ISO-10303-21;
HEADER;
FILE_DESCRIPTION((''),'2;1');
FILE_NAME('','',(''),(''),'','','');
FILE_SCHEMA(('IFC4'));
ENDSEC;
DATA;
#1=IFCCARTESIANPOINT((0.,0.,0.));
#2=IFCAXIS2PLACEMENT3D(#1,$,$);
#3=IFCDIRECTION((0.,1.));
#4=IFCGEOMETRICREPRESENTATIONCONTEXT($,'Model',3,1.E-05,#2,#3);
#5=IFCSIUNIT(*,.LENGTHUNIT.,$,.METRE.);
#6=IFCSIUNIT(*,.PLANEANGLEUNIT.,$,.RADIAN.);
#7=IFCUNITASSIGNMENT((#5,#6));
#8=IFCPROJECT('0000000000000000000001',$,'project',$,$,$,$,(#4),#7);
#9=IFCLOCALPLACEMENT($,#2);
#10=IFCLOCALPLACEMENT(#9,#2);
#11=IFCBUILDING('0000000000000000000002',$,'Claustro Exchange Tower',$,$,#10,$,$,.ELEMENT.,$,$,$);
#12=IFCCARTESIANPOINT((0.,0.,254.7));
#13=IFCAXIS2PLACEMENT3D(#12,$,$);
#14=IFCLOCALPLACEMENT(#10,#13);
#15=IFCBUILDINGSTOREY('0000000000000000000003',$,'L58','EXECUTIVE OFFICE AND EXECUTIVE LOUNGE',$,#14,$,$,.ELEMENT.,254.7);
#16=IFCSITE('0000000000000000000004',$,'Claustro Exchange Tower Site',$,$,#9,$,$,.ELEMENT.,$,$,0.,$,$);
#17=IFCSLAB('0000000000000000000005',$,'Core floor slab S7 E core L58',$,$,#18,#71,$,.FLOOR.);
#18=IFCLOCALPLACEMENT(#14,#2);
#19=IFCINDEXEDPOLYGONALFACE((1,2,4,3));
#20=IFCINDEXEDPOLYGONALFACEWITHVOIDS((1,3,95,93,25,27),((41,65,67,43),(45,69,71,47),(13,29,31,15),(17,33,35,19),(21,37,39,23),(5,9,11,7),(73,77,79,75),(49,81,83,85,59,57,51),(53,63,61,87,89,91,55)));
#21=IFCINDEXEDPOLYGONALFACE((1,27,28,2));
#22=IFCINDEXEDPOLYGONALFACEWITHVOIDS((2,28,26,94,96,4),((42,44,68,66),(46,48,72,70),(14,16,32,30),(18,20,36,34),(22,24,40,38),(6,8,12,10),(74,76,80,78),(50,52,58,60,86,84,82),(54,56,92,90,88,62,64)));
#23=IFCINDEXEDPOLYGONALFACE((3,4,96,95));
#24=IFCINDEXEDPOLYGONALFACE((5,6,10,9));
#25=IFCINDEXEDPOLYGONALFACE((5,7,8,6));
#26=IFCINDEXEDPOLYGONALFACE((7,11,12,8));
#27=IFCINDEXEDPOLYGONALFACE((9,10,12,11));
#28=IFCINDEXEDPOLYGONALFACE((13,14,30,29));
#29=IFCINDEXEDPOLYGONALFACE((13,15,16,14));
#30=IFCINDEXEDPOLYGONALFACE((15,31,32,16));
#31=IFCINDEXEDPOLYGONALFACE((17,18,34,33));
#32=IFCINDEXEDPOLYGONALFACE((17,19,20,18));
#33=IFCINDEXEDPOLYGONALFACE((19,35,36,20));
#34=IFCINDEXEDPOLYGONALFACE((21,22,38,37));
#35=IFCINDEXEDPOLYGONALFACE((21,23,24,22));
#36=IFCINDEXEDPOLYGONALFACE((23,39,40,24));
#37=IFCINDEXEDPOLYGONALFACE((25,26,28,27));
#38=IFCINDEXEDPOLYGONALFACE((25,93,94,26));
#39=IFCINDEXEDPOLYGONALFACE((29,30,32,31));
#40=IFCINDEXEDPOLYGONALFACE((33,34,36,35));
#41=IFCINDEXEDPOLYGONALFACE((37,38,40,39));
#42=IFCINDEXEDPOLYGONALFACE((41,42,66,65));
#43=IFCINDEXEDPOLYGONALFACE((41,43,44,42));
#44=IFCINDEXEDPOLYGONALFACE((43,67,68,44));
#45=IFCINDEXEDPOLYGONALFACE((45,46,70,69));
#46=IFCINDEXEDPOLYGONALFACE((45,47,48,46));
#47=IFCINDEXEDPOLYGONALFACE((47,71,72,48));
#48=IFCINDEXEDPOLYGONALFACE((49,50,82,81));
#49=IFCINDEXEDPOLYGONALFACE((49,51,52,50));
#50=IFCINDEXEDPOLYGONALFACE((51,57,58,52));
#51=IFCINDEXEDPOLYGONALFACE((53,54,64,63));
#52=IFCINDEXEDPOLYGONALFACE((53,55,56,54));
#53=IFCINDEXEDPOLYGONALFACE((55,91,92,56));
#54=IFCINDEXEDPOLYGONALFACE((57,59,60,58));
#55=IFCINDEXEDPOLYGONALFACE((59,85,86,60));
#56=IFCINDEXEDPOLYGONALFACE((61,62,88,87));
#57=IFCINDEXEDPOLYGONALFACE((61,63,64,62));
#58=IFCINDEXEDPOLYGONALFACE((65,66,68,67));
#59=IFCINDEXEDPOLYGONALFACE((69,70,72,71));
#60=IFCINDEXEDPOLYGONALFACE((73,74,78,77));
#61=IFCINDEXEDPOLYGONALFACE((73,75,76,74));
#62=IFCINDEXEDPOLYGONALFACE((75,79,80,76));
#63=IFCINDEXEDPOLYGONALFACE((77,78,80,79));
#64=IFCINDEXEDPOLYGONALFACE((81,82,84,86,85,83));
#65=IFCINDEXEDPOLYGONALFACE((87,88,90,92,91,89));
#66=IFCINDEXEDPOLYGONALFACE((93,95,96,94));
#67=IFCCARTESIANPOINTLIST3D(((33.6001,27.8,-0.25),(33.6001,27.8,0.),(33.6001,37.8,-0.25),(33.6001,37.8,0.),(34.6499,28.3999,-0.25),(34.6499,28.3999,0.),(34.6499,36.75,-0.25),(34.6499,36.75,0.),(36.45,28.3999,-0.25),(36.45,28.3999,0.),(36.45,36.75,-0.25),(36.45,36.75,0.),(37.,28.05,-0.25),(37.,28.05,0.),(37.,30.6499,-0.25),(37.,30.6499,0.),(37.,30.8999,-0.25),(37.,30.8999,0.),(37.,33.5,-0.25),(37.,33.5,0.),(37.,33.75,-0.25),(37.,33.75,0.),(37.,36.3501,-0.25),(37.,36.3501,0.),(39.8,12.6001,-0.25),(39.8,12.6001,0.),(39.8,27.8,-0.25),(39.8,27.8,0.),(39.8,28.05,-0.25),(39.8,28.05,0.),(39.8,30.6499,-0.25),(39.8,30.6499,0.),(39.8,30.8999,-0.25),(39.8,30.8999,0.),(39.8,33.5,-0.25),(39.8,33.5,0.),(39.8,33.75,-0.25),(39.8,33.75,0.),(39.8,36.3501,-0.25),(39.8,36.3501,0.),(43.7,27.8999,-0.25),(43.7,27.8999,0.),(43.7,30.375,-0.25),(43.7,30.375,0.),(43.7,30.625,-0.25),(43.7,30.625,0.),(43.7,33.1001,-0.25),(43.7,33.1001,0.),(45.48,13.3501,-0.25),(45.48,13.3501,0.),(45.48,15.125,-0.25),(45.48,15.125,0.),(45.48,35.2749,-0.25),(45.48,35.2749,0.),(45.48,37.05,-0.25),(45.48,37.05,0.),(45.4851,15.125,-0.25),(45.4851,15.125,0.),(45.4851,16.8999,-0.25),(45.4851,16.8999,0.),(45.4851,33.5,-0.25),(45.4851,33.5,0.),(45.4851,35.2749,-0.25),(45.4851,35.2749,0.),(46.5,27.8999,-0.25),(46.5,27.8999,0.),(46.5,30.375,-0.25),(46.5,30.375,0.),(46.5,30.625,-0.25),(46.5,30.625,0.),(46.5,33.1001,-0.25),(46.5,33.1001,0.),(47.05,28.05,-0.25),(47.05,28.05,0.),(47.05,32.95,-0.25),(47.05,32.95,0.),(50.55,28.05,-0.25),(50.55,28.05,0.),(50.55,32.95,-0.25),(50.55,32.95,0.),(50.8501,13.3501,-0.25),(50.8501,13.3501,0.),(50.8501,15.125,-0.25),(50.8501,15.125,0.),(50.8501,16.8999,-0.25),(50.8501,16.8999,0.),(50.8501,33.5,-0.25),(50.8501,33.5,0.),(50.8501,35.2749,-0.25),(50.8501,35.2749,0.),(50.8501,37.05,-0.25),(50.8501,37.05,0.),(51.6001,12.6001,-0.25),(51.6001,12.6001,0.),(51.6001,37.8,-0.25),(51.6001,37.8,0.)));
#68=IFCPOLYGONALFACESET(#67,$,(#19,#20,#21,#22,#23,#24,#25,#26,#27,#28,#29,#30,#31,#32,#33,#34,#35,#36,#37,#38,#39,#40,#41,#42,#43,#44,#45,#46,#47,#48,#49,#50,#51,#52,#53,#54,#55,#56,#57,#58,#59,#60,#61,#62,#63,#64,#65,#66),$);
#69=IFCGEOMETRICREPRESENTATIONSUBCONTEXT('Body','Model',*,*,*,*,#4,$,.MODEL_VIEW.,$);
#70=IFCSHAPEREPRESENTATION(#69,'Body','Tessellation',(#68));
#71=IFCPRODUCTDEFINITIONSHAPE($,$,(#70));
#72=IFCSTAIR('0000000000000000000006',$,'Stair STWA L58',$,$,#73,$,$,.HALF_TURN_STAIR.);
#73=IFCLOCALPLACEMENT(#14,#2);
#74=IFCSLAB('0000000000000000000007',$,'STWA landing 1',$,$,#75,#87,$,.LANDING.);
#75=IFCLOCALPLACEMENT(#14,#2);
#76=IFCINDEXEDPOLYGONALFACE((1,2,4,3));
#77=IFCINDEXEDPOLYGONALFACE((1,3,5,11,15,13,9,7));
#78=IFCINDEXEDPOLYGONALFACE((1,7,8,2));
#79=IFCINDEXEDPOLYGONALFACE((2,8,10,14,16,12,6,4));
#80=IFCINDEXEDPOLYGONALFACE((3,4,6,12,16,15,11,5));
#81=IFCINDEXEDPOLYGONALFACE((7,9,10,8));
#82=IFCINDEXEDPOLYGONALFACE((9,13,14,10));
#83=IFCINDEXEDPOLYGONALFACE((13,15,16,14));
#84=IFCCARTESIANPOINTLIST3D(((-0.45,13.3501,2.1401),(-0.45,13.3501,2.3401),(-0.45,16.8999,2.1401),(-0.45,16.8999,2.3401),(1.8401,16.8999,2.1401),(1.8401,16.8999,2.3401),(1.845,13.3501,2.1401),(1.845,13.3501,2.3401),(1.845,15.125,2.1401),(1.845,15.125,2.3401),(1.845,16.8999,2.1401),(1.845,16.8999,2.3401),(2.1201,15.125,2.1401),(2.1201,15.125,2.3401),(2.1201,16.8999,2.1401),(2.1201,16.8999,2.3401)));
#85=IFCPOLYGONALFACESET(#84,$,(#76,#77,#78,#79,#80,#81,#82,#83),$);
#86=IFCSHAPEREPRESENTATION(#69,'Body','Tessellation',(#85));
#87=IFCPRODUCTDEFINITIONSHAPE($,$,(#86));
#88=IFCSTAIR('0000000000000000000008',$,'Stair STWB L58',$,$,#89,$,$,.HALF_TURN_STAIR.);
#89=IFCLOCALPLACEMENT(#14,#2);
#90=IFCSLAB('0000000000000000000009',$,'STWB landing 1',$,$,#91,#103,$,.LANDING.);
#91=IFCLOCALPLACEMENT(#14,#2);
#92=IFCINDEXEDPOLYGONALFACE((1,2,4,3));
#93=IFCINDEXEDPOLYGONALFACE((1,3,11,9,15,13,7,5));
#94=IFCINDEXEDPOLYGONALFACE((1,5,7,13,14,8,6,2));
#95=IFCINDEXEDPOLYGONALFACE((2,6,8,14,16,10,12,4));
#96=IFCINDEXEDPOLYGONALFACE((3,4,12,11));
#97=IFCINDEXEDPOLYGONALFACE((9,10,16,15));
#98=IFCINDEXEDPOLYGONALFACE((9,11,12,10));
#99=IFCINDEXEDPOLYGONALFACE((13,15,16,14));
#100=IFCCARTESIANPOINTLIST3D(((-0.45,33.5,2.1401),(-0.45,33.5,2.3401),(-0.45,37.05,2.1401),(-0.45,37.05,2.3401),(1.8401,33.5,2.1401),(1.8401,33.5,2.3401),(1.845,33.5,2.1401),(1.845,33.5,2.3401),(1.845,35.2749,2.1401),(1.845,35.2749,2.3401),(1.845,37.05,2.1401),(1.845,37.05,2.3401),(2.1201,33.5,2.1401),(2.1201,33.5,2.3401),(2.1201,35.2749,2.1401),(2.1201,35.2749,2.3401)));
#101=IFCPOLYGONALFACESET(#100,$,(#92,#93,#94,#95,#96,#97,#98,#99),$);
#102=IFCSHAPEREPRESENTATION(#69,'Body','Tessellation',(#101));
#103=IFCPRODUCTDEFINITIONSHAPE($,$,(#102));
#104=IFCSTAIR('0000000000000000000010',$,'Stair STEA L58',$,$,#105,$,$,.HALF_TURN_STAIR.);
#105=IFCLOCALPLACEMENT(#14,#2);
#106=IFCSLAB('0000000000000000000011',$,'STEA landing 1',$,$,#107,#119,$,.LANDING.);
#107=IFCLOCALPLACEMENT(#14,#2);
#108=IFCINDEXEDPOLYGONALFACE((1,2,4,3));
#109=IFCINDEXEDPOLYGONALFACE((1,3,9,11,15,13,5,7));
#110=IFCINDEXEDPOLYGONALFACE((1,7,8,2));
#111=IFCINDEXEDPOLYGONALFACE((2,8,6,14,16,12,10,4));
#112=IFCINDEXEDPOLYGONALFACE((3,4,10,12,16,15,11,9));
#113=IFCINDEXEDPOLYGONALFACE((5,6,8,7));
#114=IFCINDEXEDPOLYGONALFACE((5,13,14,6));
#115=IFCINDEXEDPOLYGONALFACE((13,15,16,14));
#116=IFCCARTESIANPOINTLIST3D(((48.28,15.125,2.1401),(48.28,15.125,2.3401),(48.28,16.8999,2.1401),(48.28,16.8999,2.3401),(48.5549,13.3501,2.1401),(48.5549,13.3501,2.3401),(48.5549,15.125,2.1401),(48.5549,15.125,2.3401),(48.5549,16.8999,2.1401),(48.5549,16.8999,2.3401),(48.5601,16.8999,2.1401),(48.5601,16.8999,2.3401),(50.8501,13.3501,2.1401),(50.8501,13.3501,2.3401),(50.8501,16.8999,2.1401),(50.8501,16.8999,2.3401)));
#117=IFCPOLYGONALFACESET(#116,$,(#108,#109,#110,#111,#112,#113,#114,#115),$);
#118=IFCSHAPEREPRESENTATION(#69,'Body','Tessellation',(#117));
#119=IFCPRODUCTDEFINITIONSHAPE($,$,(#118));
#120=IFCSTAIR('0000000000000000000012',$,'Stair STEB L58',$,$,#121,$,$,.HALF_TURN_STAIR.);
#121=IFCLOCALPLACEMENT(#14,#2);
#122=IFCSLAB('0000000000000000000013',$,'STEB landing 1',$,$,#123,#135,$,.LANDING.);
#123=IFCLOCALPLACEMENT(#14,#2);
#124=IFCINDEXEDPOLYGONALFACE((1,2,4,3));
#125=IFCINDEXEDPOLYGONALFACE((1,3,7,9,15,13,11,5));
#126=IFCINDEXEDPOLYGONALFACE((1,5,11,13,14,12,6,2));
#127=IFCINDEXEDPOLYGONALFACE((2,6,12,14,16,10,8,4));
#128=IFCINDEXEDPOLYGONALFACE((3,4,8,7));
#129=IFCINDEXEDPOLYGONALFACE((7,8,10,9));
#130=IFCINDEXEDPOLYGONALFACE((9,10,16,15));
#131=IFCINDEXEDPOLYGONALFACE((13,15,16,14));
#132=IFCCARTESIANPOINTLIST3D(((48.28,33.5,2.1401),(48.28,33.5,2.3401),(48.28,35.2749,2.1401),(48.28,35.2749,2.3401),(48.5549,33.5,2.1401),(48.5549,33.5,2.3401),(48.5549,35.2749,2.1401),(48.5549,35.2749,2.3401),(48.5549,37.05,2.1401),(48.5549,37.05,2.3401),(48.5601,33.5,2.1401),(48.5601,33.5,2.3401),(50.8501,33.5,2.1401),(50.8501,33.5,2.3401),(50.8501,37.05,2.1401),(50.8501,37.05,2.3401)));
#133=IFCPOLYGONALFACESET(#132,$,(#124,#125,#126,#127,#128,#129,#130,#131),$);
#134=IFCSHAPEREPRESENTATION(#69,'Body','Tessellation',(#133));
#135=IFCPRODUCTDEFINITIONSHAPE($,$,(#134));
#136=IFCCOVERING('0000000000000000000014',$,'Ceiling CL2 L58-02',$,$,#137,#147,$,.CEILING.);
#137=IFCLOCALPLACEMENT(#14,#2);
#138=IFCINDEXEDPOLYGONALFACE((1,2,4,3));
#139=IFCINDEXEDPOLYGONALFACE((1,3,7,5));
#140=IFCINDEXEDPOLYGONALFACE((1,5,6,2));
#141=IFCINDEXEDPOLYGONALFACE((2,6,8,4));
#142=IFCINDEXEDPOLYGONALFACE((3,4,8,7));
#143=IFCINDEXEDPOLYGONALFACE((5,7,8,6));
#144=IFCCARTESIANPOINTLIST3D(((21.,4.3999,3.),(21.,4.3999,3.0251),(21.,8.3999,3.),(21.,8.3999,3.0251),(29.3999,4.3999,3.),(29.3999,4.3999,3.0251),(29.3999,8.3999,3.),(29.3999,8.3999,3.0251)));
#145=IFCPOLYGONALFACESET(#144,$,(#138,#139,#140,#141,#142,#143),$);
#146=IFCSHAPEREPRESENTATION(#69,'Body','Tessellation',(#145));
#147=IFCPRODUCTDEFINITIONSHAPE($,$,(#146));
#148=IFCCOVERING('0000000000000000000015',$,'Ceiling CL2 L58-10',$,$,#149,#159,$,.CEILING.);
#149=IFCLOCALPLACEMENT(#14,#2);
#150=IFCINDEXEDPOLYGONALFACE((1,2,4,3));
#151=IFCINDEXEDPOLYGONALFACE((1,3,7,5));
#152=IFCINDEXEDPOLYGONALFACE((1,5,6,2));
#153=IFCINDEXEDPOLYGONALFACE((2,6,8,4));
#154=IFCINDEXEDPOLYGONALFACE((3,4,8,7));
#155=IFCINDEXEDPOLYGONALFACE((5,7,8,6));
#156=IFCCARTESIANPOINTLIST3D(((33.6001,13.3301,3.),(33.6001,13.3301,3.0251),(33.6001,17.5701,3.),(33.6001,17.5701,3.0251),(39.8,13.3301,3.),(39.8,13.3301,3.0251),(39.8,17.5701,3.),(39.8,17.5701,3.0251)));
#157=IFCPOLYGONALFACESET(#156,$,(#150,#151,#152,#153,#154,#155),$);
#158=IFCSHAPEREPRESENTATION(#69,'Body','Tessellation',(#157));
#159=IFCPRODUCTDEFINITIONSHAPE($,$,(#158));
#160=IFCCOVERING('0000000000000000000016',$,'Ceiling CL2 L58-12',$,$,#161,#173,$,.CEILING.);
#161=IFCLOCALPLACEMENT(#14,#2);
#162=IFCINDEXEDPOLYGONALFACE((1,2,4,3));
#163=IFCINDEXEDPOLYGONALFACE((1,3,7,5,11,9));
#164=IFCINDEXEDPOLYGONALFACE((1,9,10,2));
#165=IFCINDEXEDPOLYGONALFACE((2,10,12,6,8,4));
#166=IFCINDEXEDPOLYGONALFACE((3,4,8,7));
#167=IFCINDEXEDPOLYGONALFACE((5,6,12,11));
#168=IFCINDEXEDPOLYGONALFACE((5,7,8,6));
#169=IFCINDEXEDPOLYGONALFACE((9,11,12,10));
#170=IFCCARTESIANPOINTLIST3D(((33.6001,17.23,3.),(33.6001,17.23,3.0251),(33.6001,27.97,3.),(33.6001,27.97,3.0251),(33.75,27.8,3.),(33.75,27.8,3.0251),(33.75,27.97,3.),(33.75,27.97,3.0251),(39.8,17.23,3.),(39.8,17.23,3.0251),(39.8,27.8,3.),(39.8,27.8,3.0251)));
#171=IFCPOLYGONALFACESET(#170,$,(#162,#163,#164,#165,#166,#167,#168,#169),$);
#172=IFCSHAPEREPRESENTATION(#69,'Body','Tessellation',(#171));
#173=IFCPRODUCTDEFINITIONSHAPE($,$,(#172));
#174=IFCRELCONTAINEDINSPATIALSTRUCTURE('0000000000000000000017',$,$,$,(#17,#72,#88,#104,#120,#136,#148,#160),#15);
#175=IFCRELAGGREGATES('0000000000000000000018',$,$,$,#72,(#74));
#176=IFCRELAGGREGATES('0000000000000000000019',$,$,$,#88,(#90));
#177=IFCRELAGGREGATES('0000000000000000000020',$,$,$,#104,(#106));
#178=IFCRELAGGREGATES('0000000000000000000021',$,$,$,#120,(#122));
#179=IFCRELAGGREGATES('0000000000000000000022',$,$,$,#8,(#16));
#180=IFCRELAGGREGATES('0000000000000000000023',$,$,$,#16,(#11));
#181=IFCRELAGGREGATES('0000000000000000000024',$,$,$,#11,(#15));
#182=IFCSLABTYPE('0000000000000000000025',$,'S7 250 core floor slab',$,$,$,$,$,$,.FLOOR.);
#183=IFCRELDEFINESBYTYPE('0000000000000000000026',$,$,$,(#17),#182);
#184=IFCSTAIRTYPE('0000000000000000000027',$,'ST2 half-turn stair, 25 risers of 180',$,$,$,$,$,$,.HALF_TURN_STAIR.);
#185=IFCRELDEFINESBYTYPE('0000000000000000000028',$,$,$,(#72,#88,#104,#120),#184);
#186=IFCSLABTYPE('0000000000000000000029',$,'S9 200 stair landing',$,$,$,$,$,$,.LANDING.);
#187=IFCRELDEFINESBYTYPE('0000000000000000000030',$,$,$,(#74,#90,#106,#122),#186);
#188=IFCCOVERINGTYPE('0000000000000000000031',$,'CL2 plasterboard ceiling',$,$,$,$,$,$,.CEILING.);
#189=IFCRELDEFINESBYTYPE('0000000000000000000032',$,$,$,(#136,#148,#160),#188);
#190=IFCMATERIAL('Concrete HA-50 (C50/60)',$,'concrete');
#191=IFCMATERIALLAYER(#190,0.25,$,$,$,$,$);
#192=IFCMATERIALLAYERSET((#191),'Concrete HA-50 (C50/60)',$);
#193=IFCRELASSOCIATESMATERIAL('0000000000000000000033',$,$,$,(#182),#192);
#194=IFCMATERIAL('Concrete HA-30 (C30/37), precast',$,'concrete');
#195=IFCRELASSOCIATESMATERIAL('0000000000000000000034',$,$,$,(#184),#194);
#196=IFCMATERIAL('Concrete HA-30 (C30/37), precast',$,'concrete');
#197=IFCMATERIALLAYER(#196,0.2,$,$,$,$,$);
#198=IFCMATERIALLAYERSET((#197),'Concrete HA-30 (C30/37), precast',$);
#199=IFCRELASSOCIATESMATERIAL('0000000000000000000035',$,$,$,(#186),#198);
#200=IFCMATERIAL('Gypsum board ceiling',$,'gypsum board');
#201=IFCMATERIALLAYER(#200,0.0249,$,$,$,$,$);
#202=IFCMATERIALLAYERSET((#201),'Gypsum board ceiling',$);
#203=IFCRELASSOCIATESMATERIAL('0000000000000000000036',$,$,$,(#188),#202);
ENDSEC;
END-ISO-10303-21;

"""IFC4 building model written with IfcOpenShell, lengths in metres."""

from ifc_helpers import new_model, si_unit, direction, frame, origin, place, context, subcontext, project, spatial, polyline, outline, extrude, material, layer, layer_set, type_object, element, aggregate, save


model = new_model("IFC4")

# Units and contexts
model_context = context("Model", 3, precision=1e-05, world=origin(), true_north=direction((0.0, 1.0)))
body_context = subcontext(model_context, "Body", "Model", "MODEL_VIEW")
ifc_project = project(units=[si_unit("LENGTHUNIT", "METRE"), si_unit("PLANEANGLEUNIT", "RADIAN")], contexts=[model_context])

# Site, building, storey
site_placement = place(None, origin())
site = spatial("IfcSite", under=ifc_project, at=site_placement, Name="Claustro Exchange Tower Site", CompositionType="ELEMENT", RefElevation=0.0)
building_placement = place(site_placement, origin())
building = spatial("IfcBuilding", under=site, at=building_placement, Name="Claustro Exchange Tower", CompositionType="ELEMENT")
storey_placement = place(building_placement, frame((0.0, 0.0, 254.7)))
storey = spatial("IfcBuildingStorey", under=building, at=storey_placement, Name="L58", Description="EXECUTIVE OFFICE AND EXECUTIVE LOUNGE", CompositionType="ELEMENT", Elevation=254.7)

# Slab
ifc_material_1 = material(Name="Concrete HA-50 (C50/60)", Category="concrete")
ifc_layer_1 = layer(ifc_material_1, 0.25)
ifc_layer_set_1 = layer_set([ifc_layer_1], Name="Concrete HA-50 (C50/60)")
slab_type_1 = type_object("IfcSlabType", Name="S7 250 core floor slab", PredefinedType="FLOOR", material=ifc_layer_set_1)
slab_1_placement = place(storey_placement, frame((0.0, 0.0, -0.25)))
element("IfcSlab", 1, at=slab_1_placement, inside=storey, type_object=slab_type_1, Name="Core floor slab S7 E core L58", PredefinedType="FLOOR", context=body_context, shape_type="SweptSolid", body=[
    extrude(outline(polyline([(51.6001, 37.8), (33.6001, 37.8), (33.6001, 27.8), (39.8, 27.8), (39.8, 12.6001), (51.6001, 12.6001), (51.6001, 37.8)]), holes=[polyline([(45.48, 15.125), (45.4851, 15.125), (45.4851, 16.8999), (50.8501, 16.8999), (50.8501, 15.125), (50.8501, 13.3501), (45.48, 13.3501), (45.48, 15.125)]), polyline([(45.48, 35.2749), (45.48, 37.05), (50.8501, 37.05), (50.8501, 35.2749), (50.8501, 33.5), (45.4851, 33.5), (45.4851, 35.2749), (45.48, 35.2749)]), polyline([(47.05, 32.95), (50.55, 32.95), (50.55, 28.05), (47.05, 28.05), (47.05, 32.95)]), polyline([(43.7, 30.375), (46.5, 30.375), (46.5, 27.8999), (43.7, 27.8999), (43.7, 30.375)]), polyline([(43.7, 33.1001), (46.5, 33.1001), (46.5, 30.625), (43.7, 30.625), (43.7, 33.1001)]), polyline([(37.0, 30.6499), (39.8, 30.6499), (39.8, 28.05), (37.0, 28.05), (37.0, 30.6499)]), polyline([(37.0, 33.5), (39.8, 33.5), (39.8, 30.8999), (37.0, 30.8999), (37.0, 33.5)]), polyline([(39.8, 36.3501), (39.8, 33.75), (37.0, 33.75), (37.0, 36.3501), (39.8, 36.3501)]), polyline([(34.6499, 36.75), (36.45, 36.75), (36.45, 28.3999), (34.6499, 28.3999), (34.6499, 36.75)])]), origin(), (0.0, 0.0, 1.0), 0.25),
])

# Stairs, slabs
ifc_material_2 = material(Name="Concrete HA-30 (C30/37), precast", Category="concrete")
stair_type = type_object("IfcStairType", Name="ST2 half-turn stair, 25 risers of 180", PredefinedType="HALF_TURN_STAIR", material=ifc_material_2)
stair_1_placement = place(storey_placement, origin())
stair_1 = element("IfcStair", 2, at=stair_1_placement, inside=storey, type_object=stair_type, Name="Stair STWA L58", PredefinedType="HALF_TURN_STAIR")
ifc_material_3 = material(Name="Concrete HA-30 (C30/37), precast", Category="concrete")
ifc_layer_2 = layer(ifc_material_3, 0.2)
ifc_layer_set_2 = layer_set([ifc_layer_2], Name="Concrete HA-30 (C30/37), precast")
slab_type_2 = type_object("IfcSlabType", Name="S9 200 stair landing", PredefinedType="LANDING", material=ifc_layer_set_2)
slab_2_placement = place(storey_placement, frame((0.0, 0.0, 2.1401)))
slab_2 = element("IfcSlab", 3, at=slab_2_placement, type_object=slab_type_2, Name="STWA landing 1", PredefinedType="LANDING", context=body_context, shape_type="SweptSolid", body=[
    extrude(outline(polyline([(1.845, 13.3501), (-0.45, 13.3501), (-0.45, 16.8999), (1.8401, 16.8999), (1.845, 16.8999), (2.1201, 16.8999), (2.1201, 15.125), (1.845, 15.125), (1.845, 13.3501)])), origin(), (0.0, 0.0, 1.0), 0.2),
])
aggregate(stair_1, [slab_2])
stair_2_placement = place(storey_placement, origin())
stair_2 = element("IfcStair", 4, at=stair_2_placement, inside=storey, type_object=stair_type, Name="Stair STWB L58", PredefinedType="HALF_TURN_STAIR")
slab_3_placement = place(storey_placement, frame((0.0, 0.0, 2.1401)))
slab_3 = element("IfcSlab", 5, at=slab_3_placement, type_object=slab_type_2, Name="STWB landing 1", PredefinedType="LANDING", context=body_context, shape_type="SweptSolid", body=[
    extrude(outline(polyline([(2.1201, 35.2749), (2.1201, 33.5), (1.845, 33.5), (1.8401, 33.5), (-0.45, 33.5), (-0.45, 37.05), (1.845, 37.05), (1.845, 35.2749), (2.1201, 35.2749)])), origin(), (0.0, 0.0, 1.0), 0.2),
])
aggregate(stair_2, [slab_3])
stair_3_placement = place(storey_placement, origin())
stair_3 = element("IfcStair", 6, at=stair_3_placement, inside=storey, type_object=stair_type, Name="Stair STEA L58", PredefinedType="HALF_TURN_STAIR")
slab_4_placement = place(storey_placement, frame((0.0, 0.0, 2.1401)))
slab_4 = element("IfcSlab", 7, at=slab_4_placement, type_object=slab_type_2, Name="STEA landing 1", PredefinedType="LANDING", context=body_context, shape_type="SweptSolid", body=[
    extrude(outline(polyline([(50.8501, 16.8999), (50.8501, 13.3501), (48.5549, 13.3501), (48.5549, 15.125), (48.28, 15.125), (48.28, 16.8999), (48.5549, 16.8999), (48.5601, 16.8999), (50.8501, 16.8999)])), origin(), (0.0, 0.0, 1.0), 0.2),
])
aggregate(stair_3, [slab_4])
stair_4_placement = place(storey_placement, origin())
stair_4 = element("IfcStair", 8, at=stair_4_placement, inside=storey, type_object=stair_type, Name="Stair STEB L58", PredefinedType="HALF_TURN_STAIR")
slab_5_placement = place(storey_placement, frame((0.0, 0.0, 2.1401)))
slab_5 = element("IfcSlab", 9, at=slab_5_placement, type_object=slab_type_2, Name="STEB landing 1", PredefinedType="LANDING", context=body_context, shape_type="SweptSolid", body=[
    extrude(outline(polyline([(48.28, 33.5), (48.28, 35.2749), (48.5549, 35.2749), (48.5549, 37.05), (50.8501, 37.05), (50.8501, 33.5), (48.5601, 33.5), (48.5549, 33.5), (48.28, 33.5)])), origin(), (0.0, 0.0, 1.0), 0.2),
])
aggregate(stair_4, [slab_5])

# Coverings
ifc_material_4 = material(Name="Gypsum board ceiling", Category="gypsum board")
ifc_layer_3 = layer(ifc_material_4, 0.0249)
ifc_layer_set_3 = layer_set([ifc_layer_3], Name="Gypsum board ceiling")
covering_type_1 = type_object("IfcCoveringType", Name="CL2 plasterboard ceiling", PredefinedType="CEILING", material=ifc_layer_set_3)
covering_1_placement = place(storey_placement, frame((0.0, 0.0, 3.0)))
element("IfcCovering", 10, at=covering_1_placement, inside=storey, type_object=covering_type_1, Name="Ceiling CL2 L58-02", PredefinedType="CEILING", context=body_context, shape_type="SweptSolid", body=[
    extrude(outline(polyline([(21.0, 4.3999), (29.3999, 4.3999), (29.3999, 8.3999), (21.0, 8.3999), (21.0, 4.3999)])), origin(), (0.0, 0.0, 1.0), 0.0251),
])
covering_2_placement = place(storey_placement, frame((0.0, 0.0, 3.0)))
element("IfcCovering", 11, at=covering_2_placement, inside=storey, type_object=covering_type_1, Name="Ceiling CL2 L58-10", PredefinedType="CEILING", context=body_context, shape_type="SweptSolid", body=[
    extrude(outline(polyline([(33.6001, 17.5701), (33.6001, 13.3301), (39.8, 13.3301), (39.8, 17.5701), (33.6001, 17.5701)])), origin(), (0.0, 0.0, 1.0), 0.0251),
])
covering_3_placement = place(storey_placement, frame((0.0, 0.0, 3.0)))
element("IfcCovering", 12, at=covering_3_placement, inside=storey, type_object=covering_type_1, Name="Ceiling CL2 L58-12", PredefinedType="CEILING", context=body_context, shape_type="SweptSolid", body=[
    extrude(outline(polyline([(33.6001, 27.97), (33.6001, 17.23), (39.8, 17.23), (39.8, 27.8), (33.75, 27.8), (33.75, 27.97), (33.6001, 27.97)])), origin(), (0.0, 0.0, 1.0), 0.0251),
])

save(model, "model.ifc")
